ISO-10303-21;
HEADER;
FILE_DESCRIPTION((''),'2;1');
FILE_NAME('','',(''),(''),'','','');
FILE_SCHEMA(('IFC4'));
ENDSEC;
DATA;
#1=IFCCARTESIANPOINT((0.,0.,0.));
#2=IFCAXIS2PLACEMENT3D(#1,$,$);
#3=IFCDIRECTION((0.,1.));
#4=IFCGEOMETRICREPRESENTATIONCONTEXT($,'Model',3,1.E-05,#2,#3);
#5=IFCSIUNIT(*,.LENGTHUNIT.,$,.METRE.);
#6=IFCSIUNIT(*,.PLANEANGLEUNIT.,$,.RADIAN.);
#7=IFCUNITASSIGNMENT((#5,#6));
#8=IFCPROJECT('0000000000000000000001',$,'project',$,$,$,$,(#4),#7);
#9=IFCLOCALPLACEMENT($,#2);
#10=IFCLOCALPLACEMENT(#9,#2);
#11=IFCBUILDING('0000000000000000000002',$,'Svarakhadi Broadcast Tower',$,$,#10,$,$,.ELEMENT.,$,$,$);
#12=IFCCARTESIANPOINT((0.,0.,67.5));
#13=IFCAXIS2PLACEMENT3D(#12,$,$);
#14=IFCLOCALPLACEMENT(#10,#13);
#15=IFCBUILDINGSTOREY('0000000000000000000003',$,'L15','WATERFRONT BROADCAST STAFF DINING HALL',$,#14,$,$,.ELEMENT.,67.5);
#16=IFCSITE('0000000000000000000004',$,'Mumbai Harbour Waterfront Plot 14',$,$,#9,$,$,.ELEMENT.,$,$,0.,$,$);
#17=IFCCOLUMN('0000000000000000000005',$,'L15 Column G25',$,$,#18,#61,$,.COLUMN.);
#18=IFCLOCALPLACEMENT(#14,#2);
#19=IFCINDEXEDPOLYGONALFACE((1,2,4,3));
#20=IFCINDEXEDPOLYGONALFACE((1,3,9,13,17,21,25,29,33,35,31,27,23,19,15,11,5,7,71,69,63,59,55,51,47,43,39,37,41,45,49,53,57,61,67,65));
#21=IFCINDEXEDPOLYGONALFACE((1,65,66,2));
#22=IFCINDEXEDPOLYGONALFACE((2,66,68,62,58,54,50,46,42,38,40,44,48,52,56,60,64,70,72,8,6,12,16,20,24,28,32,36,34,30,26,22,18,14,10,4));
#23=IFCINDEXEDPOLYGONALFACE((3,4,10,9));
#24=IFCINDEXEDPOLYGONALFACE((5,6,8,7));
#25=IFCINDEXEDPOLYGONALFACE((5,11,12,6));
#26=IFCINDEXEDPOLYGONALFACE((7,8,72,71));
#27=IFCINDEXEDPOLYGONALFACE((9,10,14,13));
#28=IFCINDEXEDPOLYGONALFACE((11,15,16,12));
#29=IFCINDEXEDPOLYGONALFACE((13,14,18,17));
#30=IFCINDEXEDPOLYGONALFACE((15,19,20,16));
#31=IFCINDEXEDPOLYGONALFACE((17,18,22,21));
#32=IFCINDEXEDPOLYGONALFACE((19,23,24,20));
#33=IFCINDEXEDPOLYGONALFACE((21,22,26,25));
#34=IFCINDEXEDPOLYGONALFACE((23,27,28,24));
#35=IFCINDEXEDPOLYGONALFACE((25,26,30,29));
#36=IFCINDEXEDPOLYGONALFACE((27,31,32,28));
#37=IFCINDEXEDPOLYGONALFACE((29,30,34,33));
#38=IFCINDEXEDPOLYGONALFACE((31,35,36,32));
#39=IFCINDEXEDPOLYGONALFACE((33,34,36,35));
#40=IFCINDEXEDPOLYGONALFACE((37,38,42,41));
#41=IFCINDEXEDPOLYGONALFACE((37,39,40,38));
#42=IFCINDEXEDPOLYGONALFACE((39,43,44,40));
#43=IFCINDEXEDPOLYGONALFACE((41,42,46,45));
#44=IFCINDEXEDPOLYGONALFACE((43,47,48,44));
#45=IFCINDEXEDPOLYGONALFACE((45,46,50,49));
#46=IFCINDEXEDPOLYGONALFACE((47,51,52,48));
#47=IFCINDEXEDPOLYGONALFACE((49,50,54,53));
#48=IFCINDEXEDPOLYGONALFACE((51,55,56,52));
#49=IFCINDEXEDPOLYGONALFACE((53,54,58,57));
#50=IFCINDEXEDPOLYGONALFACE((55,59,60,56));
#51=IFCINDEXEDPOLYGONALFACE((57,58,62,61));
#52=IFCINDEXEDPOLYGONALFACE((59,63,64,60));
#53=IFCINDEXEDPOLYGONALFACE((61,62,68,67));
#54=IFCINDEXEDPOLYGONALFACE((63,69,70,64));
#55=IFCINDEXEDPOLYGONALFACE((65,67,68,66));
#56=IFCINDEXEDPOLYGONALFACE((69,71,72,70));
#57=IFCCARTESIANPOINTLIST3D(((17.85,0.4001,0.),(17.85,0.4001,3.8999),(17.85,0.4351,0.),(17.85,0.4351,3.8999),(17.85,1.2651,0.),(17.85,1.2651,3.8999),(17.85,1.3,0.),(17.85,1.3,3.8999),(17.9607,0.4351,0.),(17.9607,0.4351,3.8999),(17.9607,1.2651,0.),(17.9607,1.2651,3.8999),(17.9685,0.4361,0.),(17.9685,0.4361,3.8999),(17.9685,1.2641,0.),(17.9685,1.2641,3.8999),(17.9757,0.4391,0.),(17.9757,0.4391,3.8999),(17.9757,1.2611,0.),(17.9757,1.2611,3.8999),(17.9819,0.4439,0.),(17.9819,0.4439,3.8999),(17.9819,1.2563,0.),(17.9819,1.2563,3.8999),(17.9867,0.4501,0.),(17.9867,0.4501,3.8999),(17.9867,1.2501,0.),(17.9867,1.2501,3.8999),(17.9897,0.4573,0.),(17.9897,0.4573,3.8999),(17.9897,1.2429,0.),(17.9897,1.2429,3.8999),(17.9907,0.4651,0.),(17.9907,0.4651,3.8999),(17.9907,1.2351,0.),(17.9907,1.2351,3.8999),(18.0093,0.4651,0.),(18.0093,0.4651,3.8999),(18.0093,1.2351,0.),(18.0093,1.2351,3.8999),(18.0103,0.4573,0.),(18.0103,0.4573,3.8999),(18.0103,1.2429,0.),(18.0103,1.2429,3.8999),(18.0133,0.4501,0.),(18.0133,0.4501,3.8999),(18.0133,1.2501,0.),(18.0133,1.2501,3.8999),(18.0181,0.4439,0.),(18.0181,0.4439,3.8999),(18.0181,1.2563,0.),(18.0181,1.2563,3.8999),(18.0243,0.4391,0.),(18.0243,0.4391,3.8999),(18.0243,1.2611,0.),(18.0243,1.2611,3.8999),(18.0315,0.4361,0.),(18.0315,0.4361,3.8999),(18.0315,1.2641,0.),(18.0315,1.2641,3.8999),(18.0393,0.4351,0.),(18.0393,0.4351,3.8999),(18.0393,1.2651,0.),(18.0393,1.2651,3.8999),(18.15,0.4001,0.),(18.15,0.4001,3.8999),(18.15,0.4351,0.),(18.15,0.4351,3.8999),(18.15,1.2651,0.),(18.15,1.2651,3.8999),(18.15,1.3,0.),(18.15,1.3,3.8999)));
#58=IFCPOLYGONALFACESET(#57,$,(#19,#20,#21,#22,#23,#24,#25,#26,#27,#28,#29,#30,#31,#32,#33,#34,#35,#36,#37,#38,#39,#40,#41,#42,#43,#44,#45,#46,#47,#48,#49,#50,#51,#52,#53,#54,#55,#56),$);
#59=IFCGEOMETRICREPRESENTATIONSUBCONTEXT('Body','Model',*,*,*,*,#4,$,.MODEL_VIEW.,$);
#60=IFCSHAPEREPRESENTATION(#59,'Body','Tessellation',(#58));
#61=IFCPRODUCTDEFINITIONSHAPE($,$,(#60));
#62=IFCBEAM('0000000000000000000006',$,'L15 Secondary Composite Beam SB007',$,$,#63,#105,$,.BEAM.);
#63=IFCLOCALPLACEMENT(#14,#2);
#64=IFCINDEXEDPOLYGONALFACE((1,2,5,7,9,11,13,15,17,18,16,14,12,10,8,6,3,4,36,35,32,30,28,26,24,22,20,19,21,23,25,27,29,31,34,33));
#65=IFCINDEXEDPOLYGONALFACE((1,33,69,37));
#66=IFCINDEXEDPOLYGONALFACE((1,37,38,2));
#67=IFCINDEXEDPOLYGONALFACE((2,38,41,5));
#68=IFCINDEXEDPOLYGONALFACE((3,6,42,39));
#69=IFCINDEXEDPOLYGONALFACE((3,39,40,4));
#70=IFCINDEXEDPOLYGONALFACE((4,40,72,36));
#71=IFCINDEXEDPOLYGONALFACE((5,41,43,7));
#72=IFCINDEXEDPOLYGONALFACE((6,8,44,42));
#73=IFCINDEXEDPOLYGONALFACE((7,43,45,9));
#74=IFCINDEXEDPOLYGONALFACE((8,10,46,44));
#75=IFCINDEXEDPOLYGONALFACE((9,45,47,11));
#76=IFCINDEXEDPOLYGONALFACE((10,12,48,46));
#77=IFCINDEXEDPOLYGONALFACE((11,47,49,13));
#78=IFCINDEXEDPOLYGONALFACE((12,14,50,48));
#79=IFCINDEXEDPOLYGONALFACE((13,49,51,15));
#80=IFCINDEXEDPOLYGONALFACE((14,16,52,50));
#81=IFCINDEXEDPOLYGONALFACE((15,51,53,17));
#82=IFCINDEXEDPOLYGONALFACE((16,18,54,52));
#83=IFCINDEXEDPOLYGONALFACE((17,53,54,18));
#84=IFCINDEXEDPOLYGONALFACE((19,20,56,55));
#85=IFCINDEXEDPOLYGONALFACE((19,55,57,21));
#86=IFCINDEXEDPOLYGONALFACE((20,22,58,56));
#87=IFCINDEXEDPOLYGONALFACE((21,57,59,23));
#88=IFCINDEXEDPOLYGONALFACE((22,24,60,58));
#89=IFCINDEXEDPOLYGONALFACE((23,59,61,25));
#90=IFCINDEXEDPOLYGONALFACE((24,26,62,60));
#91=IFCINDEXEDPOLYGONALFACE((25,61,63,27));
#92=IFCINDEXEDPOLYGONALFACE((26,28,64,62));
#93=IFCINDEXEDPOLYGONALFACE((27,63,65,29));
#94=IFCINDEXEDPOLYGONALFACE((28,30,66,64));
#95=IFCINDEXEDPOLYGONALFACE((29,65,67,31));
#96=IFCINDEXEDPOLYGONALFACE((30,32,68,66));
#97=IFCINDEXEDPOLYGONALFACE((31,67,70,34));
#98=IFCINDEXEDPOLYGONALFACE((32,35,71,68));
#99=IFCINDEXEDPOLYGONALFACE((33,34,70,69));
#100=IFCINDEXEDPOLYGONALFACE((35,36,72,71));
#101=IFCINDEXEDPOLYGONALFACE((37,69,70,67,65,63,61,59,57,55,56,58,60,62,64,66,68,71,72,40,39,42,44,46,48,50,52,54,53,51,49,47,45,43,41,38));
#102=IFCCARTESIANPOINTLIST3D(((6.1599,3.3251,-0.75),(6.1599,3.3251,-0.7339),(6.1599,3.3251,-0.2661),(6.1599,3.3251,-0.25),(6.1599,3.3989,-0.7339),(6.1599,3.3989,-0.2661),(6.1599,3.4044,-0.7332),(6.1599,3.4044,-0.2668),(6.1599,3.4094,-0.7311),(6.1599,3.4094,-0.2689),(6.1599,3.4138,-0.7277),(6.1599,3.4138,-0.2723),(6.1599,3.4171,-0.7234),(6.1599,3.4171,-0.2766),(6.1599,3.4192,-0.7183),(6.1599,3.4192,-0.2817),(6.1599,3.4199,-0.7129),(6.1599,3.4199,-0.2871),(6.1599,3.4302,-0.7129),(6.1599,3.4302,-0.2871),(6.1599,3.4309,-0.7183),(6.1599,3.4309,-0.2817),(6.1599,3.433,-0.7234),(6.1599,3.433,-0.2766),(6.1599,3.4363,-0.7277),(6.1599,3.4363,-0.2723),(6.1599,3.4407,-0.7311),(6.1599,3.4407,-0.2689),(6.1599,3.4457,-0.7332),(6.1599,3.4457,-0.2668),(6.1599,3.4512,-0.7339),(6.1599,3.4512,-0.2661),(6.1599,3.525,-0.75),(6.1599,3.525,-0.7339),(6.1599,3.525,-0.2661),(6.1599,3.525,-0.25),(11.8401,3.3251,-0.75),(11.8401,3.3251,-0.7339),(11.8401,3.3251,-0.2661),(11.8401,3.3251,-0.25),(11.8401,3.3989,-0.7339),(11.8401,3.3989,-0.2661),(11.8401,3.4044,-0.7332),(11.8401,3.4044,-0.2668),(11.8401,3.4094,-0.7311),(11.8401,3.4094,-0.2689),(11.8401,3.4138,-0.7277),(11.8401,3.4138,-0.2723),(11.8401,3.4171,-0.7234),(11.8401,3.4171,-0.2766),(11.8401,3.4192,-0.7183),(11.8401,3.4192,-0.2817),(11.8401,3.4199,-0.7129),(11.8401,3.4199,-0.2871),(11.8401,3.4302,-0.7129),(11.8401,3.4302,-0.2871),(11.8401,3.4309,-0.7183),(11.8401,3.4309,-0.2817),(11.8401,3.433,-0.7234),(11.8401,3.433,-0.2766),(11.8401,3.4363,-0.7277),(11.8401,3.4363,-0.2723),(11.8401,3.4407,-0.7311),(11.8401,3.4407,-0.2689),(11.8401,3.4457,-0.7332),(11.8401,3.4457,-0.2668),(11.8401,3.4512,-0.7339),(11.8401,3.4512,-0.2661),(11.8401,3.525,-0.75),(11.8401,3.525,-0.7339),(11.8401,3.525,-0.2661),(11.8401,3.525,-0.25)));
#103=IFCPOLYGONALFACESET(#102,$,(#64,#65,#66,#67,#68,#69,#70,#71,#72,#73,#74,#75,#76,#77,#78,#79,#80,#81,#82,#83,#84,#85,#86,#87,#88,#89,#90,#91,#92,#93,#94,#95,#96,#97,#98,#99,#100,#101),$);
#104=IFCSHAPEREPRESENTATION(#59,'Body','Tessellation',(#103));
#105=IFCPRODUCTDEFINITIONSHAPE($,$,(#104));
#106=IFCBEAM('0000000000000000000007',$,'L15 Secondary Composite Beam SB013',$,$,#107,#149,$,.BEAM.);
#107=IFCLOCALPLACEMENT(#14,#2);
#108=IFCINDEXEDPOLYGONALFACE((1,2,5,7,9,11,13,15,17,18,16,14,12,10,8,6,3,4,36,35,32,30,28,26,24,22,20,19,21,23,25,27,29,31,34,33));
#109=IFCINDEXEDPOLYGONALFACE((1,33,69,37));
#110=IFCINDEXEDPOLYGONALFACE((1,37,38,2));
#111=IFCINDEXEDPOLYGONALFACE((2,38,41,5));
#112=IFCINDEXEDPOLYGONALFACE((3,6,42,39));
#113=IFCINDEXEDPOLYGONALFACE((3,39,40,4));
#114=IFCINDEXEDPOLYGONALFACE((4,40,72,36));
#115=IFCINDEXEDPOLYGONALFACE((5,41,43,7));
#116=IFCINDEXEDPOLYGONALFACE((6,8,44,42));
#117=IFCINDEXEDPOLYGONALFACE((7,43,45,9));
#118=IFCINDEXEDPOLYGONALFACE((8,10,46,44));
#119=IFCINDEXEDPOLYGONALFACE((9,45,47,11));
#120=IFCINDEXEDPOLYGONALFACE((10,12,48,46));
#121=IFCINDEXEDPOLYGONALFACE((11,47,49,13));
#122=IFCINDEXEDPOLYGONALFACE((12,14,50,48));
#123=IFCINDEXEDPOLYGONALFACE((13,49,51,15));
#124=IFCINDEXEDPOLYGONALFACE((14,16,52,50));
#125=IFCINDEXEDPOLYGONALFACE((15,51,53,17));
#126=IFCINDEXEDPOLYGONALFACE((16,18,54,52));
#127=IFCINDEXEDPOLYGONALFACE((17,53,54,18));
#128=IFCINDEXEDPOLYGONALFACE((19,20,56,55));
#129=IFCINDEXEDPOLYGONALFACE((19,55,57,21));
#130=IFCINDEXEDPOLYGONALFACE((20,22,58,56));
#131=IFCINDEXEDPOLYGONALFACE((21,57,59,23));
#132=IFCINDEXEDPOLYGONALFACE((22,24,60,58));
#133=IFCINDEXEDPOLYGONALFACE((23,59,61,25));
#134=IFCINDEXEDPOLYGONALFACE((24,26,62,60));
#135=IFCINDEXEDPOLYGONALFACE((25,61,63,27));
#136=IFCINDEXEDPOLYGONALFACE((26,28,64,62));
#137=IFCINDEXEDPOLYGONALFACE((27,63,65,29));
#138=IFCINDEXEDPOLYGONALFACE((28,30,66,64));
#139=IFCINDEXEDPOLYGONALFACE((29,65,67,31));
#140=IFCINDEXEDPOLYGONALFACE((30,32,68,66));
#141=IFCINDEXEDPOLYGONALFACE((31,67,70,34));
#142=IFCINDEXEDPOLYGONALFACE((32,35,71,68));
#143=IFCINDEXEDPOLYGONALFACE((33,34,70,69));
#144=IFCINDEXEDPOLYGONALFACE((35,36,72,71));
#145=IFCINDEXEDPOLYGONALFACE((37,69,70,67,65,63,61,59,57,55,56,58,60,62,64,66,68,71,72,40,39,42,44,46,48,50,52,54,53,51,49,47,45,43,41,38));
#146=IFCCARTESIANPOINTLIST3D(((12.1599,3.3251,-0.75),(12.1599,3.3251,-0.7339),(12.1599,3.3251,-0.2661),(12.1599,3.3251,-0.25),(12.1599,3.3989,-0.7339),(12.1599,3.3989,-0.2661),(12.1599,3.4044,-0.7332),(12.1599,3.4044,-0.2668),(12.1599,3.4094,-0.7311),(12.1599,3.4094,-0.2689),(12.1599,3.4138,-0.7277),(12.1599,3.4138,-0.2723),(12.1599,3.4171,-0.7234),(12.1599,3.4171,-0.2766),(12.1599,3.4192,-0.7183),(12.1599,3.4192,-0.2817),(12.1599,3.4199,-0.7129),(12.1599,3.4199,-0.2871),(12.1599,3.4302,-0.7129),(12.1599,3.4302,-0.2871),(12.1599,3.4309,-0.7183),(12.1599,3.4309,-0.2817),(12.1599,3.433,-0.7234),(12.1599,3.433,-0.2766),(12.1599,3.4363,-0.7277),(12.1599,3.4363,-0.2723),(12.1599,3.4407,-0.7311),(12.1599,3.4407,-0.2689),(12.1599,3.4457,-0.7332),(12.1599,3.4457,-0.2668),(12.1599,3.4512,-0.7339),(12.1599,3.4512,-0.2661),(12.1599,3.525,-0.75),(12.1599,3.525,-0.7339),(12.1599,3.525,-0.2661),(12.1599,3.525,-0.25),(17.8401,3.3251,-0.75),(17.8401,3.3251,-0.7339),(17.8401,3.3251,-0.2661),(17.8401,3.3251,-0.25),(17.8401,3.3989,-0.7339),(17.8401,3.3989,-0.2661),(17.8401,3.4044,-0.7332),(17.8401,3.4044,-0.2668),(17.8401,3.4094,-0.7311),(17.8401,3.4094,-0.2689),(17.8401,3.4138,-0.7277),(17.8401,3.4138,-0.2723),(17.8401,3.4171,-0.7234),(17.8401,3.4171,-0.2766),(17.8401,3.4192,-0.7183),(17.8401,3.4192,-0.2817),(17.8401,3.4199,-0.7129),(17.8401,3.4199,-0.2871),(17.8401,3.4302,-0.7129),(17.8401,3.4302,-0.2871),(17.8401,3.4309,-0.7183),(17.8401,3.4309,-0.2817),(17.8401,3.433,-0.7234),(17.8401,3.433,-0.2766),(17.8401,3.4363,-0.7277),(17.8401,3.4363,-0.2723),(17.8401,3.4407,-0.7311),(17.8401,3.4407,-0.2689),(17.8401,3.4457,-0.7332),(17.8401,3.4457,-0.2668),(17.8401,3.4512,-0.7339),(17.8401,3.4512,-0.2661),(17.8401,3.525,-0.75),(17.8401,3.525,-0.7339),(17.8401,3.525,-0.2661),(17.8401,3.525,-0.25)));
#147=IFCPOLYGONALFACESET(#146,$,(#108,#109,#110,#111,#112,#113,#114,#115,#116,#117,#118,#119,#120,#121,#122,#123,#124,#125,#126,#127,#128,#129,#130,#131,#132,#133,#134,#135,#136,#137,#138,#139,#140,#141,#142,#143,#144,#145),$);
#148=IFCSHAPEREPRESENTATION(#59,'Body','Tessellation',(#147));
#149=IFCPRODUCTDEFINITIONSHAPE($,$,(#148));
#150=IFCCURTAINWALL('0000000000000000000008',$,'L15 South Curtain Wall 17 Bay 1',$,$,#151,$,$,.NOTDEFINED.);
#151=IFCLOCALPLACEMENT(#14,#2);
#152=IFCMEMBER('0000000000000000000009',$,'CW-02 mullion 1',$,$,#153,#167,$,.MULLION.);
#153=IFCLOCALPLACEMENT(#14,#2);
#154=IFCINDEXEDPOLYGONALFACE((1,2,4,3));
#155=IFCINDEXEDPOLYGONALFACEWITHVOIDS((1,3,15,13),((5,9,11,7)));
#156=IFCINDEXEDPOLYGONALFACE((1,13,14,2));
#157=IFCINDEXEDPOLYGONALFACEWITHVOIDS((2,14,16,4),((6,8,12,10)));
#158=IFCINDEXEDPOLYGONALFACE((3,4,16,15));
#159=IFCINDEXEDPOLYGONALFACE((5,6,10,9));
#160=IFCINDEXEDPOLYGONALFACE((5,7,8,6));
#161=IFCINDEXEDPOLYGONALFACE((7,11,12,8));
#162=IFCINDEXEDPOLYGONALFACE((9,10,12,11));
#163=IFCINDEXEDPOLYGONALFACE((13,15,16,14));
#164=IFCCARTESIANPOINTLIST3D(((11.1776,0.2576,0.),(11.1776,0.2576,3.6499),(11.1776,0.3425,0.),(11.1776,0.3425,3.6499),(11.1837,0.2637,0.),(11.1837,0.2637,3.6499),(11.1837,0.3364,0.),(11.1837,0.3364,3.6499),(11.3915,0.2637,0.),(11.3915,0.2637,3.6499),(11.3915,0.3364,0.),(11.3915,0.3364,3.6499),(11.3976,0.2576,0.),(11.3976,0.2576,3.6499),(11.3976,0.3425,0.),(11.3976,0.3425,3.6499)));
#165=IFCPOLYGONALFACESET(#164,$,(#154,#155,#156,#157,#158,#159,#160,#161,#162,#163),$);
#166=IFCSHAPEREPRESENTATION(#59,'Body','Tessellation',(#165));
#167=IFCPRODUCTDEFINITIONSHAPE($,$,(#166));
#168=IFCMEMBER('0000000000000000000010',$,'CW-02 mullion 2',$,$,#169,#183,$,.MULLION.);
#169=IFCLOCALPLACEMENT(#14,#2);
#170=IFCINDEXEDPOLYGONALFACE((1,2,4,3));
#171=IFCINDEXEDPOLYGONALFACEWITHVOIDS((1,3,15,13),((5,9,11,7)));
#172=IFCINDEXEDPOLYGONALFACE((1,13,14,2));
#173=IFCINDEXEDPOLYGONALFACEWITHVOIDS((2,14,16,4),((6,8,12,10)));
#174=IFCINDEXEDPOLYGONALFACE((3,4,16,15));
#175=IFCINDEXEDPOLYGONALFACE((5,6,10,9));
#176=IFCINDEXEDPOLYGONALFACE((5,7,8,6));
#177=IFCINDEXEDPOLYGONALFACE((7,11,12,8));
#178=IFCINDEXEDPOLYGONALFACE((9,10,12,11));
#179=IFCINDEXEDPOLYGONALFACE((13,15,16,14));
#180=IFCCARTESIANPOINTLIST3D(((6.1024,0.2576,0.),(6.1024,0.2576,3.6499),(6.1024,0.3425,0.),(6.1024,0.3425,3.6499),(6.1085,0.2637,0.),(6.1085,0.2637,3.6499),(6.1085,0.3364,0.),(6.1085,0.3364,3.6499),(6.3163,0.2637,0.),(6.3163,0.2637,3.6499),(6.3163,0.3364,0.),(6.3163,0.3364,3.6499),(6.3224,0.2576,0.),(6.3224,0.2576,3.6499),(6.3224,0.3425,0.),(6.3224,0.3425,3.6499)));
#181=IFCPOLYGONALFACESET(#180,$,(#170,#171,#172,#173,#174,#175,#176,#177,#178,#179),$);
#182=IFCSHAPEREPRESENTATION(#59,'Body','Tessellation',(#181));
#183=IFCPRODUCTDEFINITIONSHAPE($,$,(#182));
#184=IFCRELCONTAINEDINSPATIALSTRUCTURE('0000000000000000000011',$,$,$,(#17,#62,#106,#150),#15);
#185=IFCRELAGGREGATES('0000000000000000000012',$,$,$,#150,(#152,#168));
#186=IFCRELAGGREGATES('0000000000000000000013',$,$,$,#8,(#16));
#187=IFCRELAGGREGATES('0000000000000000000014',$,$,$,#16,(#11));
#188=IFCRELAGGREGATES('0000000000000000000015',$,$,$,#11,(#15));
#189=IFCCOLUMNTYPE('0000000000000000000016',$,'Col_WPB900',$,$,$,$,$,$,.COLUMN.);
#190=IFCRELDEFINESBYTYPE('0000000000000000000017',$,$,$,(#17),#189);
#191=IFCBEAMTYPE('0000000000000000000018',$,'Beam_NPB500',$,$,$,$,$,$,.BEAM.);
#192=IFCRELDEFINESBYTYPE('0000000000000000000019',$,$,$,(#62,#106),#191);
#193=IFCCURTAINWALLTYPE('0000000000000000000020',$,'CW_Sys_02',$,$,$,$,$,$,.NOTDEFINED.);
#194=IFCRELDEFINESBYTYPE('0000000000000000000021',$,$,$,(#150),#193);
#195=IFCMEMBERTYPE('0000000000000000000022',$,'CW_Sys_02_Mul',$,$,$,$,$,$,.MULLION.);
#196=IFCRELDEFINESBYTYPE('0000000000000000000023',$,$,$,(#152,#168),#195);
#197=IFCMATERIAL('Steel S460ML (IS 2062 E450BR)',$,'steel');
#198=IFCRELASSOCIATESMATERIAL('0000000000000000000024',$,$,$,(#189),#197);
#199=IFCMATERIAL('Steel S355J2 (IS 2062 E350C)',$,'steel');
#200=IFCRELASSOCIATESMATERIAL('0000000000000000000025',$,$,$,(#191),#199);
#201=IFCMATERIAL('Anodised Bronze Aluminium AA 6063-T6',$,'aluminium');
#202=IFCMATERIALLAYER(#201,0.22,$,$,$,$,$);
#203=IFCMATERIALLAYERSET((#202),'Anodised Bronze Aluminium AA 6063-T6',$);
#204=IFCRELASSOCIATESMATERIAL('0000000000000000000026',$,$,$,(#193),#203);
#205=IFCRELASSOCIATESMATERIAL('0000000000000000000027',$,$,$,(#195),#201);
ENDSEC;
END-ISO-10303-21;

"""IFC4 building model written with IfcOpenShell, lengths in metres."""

from ifc_helpers import new_model, si_unit, direction, frame, origin, origin_2d, place, context, subcontext, project, spatial, hollow_rectangle, i_section, extrude, material, layer, layer_set, material_profile, profile_set, type_object, element, aggregate, save


model = new_model("IFC4")

# Units and contexts
model_context = context("Model", 3, precision=1e-05, world=origin(), true_north=direction((0.0, 1.0)))
body_context = subcontext(model_context, "Body", "Model", "MODEL_VIEW")
ifc_project = project(units=[si_unit("LENGTHUNIT", "METRE"), si_unit("PLANEANGLEUNIT", "RADIAN")], contexts=[model_context])

# Site, building, storey
site_placement = place(None, origin())
site = spatial("IfcSite", under=ifc_project, at=site_placement, Name="Mumbai Harbour Waterfront Plot 14", CompositionType="ELEMENT", RefElevation=0.0)
building_placement = place(site_placement, origin())
building = spatial("IfcBuilding", under=site, at=building_placement, Name="Svarakhadi Broadcast Tower", CompositionType="ELEMENT")
storey_placement = place(building_placement, frame((0.0, 0.0, 67.5)))
storey = spatial("IfcBuildingStorey", under=building, at=storey_placement, Name="L15", Description="WATERFRONT BROADCAST STAFF DINING HALL", CompositionType="ELEMENT", Elevation=67.5)

# Column
ifc_material_1 = material(Name="Steel S460ML (IS 2062 E450BR)", Category="steel")
ifc_material_profile_1 = material_profile(ifc_material_1, i_section(OverallWidth=0.3, OverallDepth=0.8999, WebThickness=0.0186, FlangeThickness=0.0349, FilletRadius=0.03, at=origin_2d()), Name="WPB 900x300x291")
ifc_profile_set_1 = profile_set([ifc_material_profile_1], Name="Steel S460ML (IS 2062 E450BR)")
column_type_1 = type_object("IfcColumnType", Name="Col_WPB900", PredefinedType="COLUMN", material=ifc_profile_set_1)
column_placement = place(storey_placement, frame((18.0, 0.8501, 0.0), z_axis=(0.0, 0.0, 1.0), x_axis=(1.0, 0.0, 0.0)))
element("IfcColumn", 1, at=column_placement, inside=storey, type_object=column_type_1, Name="L15 Column G25", PredefinedType="COLUMN", context=body_context, shape_type="SweptSolid", body=[
    extrude(i_section(OverallWidth=0.3, OverallDepth=0.8999, WebThickness=0.0186, FlangeThickness=0.0349, FilletRadius=0.03, at=origin_2d()), origin(), (0.0, 0.0, 1.0), 3.8999),
])

# Beams
ifc_material_2 = material(Name="Steel S355J2 (IS 2062 E350C)", Category="steel")
ifc_material_profile_2 = material_profile(ifc_material_2, i_section(OverallWidth=0.2, OverallDepth=0.5, WebThickness=0.0103, FlangeThickness=0.0161, FilletRadius=0.021, at=origin_2d()), Name="NPB 500x200x91")
ifc_profile_set_2 = profile_set([ifc_material_profile_2], Name="Steel S355J2 (IS 2062 E350C)")
beam_type_1 = type_object("IfcBeamType", Name="Beam_NPB500", PredefinedType="BEAM", material=ifc_profile_set_2)
for number, where, z_axis, x_axis, name in (
    (2, (6.1599, 3.425, -0.5), (1.0, 0.0, 0.0), (0.0, 1.0, 0.0), "L15 Secondary Composite Beam SB007"),
    (3, (12.1599, 3.425, -0.5), (1.0, 0.0, 0.0), (0.0, 1.0, 0.0), "L15 Secondary Composite Beam SB013"),
):
    element("IfcBeam", number, at=place(storey_placement, frame(where, z_axis=z_axis, x_axis=x_axis)), inside=storey, type_object=beam_type_1, Name=name, PredefinedType="BEAM", context=body_context, shape_type="SweptSolid", body=[
        extrude(i_section(OverallWidth=0.2, OverallDepth=0.5, WebThickness=0.0103, FlangeThickness=0.0161, FilletRadius=0.021, at=origin_2d()), origin(), (0.0, 0.0, 1.0), 5.6802),
    ])

# Curtain wall, members
ifc_material_3 = material(Name="Anodised Bronze Aluminium AA 6063-T6", Category="aluminium")
ifc_layer_1 = layer(ifc_material_3, 0.22)
ifc_layer_set_1 = layer_set([ifc_layer_1], Name="Anodised Bronze Aluminium AA 6063-T6")
curtain_wall_type = type_object("IfcCurtainWallType", Name="CW_Sys_02", PredefinedType="NOTDEFINED", material=ifc_layer_set_1)
curtain_wall_placement = place(storey_placement, origin())
curtain_wall = element("IfcCurtainWall", 4, at=curtain_wall_placement, inside=storey, type_object=curtain_wall_type, Name="L15 South Curtain Wall 17 Bay 1", PredefinedType="NOTDEFINED")
ifc_material_profile_3 = material_profile(ifc_material_3, hollow_rectangle(XDim=0.085, YDim=0.22, WallThickness=0.0061, at=origin_2d()), Name="ALU MULLION 220x85x6")
ifc_profile_set_3 = profile_set([ifc_material_profile_3], Name="Anodised Bronze Aluminium AA 6063-T6")
member_type_1 = type_object("IfcMemberType", Name="CW_Sys_02_Mul", PredefinedType="MULLION", material=ifc_profile_set_3)
member_1_placement = place(storey_placement, frame((11.2876, 0.3, 0.0), z_axis=(0.0, 0.0, 1.0), x_axis=(0.0, -1.0, 0.0)))
member_1 = element("IfcMember", 5, at=member_1_placement, type_object=member_type_1, Name="CW-02 mullion 1", PredefinedType="MULLION", context=body_context, shape_type="SweptSolid", body=[
    extrude(hollow_rectangle(XDim=0.085, YDim=0.22, WallThickness=0.0061, at=origin_2d()), origin(), (0.0, 0.0, 1.0), 3.6499),
])
member_2_placement = place(storey_placement, frame((6.2124, 0.3, 0.0), z_axis=(0.0, 0.0, 1.0), x_axis=(0.0, -1.0, 0.0)))
member_2 = element("IfcMember", 6, at=member_2_placement, type_object=member_type_1, Name="CW-02 mullion 2", PredefinedType="MULLION", context=body_context, shape_type="SweptSolid", body=[
    extrude(hollow_rectangle(XDim=0.085, YDim=0.22, WallThickness=0.0061, at=origin_2d()), origin(), (0.0, 0.0, 1.0), 3.6499),
])

aggregate(curtain_wall, [member_1, member_2])

save(model, "model.ifc")
